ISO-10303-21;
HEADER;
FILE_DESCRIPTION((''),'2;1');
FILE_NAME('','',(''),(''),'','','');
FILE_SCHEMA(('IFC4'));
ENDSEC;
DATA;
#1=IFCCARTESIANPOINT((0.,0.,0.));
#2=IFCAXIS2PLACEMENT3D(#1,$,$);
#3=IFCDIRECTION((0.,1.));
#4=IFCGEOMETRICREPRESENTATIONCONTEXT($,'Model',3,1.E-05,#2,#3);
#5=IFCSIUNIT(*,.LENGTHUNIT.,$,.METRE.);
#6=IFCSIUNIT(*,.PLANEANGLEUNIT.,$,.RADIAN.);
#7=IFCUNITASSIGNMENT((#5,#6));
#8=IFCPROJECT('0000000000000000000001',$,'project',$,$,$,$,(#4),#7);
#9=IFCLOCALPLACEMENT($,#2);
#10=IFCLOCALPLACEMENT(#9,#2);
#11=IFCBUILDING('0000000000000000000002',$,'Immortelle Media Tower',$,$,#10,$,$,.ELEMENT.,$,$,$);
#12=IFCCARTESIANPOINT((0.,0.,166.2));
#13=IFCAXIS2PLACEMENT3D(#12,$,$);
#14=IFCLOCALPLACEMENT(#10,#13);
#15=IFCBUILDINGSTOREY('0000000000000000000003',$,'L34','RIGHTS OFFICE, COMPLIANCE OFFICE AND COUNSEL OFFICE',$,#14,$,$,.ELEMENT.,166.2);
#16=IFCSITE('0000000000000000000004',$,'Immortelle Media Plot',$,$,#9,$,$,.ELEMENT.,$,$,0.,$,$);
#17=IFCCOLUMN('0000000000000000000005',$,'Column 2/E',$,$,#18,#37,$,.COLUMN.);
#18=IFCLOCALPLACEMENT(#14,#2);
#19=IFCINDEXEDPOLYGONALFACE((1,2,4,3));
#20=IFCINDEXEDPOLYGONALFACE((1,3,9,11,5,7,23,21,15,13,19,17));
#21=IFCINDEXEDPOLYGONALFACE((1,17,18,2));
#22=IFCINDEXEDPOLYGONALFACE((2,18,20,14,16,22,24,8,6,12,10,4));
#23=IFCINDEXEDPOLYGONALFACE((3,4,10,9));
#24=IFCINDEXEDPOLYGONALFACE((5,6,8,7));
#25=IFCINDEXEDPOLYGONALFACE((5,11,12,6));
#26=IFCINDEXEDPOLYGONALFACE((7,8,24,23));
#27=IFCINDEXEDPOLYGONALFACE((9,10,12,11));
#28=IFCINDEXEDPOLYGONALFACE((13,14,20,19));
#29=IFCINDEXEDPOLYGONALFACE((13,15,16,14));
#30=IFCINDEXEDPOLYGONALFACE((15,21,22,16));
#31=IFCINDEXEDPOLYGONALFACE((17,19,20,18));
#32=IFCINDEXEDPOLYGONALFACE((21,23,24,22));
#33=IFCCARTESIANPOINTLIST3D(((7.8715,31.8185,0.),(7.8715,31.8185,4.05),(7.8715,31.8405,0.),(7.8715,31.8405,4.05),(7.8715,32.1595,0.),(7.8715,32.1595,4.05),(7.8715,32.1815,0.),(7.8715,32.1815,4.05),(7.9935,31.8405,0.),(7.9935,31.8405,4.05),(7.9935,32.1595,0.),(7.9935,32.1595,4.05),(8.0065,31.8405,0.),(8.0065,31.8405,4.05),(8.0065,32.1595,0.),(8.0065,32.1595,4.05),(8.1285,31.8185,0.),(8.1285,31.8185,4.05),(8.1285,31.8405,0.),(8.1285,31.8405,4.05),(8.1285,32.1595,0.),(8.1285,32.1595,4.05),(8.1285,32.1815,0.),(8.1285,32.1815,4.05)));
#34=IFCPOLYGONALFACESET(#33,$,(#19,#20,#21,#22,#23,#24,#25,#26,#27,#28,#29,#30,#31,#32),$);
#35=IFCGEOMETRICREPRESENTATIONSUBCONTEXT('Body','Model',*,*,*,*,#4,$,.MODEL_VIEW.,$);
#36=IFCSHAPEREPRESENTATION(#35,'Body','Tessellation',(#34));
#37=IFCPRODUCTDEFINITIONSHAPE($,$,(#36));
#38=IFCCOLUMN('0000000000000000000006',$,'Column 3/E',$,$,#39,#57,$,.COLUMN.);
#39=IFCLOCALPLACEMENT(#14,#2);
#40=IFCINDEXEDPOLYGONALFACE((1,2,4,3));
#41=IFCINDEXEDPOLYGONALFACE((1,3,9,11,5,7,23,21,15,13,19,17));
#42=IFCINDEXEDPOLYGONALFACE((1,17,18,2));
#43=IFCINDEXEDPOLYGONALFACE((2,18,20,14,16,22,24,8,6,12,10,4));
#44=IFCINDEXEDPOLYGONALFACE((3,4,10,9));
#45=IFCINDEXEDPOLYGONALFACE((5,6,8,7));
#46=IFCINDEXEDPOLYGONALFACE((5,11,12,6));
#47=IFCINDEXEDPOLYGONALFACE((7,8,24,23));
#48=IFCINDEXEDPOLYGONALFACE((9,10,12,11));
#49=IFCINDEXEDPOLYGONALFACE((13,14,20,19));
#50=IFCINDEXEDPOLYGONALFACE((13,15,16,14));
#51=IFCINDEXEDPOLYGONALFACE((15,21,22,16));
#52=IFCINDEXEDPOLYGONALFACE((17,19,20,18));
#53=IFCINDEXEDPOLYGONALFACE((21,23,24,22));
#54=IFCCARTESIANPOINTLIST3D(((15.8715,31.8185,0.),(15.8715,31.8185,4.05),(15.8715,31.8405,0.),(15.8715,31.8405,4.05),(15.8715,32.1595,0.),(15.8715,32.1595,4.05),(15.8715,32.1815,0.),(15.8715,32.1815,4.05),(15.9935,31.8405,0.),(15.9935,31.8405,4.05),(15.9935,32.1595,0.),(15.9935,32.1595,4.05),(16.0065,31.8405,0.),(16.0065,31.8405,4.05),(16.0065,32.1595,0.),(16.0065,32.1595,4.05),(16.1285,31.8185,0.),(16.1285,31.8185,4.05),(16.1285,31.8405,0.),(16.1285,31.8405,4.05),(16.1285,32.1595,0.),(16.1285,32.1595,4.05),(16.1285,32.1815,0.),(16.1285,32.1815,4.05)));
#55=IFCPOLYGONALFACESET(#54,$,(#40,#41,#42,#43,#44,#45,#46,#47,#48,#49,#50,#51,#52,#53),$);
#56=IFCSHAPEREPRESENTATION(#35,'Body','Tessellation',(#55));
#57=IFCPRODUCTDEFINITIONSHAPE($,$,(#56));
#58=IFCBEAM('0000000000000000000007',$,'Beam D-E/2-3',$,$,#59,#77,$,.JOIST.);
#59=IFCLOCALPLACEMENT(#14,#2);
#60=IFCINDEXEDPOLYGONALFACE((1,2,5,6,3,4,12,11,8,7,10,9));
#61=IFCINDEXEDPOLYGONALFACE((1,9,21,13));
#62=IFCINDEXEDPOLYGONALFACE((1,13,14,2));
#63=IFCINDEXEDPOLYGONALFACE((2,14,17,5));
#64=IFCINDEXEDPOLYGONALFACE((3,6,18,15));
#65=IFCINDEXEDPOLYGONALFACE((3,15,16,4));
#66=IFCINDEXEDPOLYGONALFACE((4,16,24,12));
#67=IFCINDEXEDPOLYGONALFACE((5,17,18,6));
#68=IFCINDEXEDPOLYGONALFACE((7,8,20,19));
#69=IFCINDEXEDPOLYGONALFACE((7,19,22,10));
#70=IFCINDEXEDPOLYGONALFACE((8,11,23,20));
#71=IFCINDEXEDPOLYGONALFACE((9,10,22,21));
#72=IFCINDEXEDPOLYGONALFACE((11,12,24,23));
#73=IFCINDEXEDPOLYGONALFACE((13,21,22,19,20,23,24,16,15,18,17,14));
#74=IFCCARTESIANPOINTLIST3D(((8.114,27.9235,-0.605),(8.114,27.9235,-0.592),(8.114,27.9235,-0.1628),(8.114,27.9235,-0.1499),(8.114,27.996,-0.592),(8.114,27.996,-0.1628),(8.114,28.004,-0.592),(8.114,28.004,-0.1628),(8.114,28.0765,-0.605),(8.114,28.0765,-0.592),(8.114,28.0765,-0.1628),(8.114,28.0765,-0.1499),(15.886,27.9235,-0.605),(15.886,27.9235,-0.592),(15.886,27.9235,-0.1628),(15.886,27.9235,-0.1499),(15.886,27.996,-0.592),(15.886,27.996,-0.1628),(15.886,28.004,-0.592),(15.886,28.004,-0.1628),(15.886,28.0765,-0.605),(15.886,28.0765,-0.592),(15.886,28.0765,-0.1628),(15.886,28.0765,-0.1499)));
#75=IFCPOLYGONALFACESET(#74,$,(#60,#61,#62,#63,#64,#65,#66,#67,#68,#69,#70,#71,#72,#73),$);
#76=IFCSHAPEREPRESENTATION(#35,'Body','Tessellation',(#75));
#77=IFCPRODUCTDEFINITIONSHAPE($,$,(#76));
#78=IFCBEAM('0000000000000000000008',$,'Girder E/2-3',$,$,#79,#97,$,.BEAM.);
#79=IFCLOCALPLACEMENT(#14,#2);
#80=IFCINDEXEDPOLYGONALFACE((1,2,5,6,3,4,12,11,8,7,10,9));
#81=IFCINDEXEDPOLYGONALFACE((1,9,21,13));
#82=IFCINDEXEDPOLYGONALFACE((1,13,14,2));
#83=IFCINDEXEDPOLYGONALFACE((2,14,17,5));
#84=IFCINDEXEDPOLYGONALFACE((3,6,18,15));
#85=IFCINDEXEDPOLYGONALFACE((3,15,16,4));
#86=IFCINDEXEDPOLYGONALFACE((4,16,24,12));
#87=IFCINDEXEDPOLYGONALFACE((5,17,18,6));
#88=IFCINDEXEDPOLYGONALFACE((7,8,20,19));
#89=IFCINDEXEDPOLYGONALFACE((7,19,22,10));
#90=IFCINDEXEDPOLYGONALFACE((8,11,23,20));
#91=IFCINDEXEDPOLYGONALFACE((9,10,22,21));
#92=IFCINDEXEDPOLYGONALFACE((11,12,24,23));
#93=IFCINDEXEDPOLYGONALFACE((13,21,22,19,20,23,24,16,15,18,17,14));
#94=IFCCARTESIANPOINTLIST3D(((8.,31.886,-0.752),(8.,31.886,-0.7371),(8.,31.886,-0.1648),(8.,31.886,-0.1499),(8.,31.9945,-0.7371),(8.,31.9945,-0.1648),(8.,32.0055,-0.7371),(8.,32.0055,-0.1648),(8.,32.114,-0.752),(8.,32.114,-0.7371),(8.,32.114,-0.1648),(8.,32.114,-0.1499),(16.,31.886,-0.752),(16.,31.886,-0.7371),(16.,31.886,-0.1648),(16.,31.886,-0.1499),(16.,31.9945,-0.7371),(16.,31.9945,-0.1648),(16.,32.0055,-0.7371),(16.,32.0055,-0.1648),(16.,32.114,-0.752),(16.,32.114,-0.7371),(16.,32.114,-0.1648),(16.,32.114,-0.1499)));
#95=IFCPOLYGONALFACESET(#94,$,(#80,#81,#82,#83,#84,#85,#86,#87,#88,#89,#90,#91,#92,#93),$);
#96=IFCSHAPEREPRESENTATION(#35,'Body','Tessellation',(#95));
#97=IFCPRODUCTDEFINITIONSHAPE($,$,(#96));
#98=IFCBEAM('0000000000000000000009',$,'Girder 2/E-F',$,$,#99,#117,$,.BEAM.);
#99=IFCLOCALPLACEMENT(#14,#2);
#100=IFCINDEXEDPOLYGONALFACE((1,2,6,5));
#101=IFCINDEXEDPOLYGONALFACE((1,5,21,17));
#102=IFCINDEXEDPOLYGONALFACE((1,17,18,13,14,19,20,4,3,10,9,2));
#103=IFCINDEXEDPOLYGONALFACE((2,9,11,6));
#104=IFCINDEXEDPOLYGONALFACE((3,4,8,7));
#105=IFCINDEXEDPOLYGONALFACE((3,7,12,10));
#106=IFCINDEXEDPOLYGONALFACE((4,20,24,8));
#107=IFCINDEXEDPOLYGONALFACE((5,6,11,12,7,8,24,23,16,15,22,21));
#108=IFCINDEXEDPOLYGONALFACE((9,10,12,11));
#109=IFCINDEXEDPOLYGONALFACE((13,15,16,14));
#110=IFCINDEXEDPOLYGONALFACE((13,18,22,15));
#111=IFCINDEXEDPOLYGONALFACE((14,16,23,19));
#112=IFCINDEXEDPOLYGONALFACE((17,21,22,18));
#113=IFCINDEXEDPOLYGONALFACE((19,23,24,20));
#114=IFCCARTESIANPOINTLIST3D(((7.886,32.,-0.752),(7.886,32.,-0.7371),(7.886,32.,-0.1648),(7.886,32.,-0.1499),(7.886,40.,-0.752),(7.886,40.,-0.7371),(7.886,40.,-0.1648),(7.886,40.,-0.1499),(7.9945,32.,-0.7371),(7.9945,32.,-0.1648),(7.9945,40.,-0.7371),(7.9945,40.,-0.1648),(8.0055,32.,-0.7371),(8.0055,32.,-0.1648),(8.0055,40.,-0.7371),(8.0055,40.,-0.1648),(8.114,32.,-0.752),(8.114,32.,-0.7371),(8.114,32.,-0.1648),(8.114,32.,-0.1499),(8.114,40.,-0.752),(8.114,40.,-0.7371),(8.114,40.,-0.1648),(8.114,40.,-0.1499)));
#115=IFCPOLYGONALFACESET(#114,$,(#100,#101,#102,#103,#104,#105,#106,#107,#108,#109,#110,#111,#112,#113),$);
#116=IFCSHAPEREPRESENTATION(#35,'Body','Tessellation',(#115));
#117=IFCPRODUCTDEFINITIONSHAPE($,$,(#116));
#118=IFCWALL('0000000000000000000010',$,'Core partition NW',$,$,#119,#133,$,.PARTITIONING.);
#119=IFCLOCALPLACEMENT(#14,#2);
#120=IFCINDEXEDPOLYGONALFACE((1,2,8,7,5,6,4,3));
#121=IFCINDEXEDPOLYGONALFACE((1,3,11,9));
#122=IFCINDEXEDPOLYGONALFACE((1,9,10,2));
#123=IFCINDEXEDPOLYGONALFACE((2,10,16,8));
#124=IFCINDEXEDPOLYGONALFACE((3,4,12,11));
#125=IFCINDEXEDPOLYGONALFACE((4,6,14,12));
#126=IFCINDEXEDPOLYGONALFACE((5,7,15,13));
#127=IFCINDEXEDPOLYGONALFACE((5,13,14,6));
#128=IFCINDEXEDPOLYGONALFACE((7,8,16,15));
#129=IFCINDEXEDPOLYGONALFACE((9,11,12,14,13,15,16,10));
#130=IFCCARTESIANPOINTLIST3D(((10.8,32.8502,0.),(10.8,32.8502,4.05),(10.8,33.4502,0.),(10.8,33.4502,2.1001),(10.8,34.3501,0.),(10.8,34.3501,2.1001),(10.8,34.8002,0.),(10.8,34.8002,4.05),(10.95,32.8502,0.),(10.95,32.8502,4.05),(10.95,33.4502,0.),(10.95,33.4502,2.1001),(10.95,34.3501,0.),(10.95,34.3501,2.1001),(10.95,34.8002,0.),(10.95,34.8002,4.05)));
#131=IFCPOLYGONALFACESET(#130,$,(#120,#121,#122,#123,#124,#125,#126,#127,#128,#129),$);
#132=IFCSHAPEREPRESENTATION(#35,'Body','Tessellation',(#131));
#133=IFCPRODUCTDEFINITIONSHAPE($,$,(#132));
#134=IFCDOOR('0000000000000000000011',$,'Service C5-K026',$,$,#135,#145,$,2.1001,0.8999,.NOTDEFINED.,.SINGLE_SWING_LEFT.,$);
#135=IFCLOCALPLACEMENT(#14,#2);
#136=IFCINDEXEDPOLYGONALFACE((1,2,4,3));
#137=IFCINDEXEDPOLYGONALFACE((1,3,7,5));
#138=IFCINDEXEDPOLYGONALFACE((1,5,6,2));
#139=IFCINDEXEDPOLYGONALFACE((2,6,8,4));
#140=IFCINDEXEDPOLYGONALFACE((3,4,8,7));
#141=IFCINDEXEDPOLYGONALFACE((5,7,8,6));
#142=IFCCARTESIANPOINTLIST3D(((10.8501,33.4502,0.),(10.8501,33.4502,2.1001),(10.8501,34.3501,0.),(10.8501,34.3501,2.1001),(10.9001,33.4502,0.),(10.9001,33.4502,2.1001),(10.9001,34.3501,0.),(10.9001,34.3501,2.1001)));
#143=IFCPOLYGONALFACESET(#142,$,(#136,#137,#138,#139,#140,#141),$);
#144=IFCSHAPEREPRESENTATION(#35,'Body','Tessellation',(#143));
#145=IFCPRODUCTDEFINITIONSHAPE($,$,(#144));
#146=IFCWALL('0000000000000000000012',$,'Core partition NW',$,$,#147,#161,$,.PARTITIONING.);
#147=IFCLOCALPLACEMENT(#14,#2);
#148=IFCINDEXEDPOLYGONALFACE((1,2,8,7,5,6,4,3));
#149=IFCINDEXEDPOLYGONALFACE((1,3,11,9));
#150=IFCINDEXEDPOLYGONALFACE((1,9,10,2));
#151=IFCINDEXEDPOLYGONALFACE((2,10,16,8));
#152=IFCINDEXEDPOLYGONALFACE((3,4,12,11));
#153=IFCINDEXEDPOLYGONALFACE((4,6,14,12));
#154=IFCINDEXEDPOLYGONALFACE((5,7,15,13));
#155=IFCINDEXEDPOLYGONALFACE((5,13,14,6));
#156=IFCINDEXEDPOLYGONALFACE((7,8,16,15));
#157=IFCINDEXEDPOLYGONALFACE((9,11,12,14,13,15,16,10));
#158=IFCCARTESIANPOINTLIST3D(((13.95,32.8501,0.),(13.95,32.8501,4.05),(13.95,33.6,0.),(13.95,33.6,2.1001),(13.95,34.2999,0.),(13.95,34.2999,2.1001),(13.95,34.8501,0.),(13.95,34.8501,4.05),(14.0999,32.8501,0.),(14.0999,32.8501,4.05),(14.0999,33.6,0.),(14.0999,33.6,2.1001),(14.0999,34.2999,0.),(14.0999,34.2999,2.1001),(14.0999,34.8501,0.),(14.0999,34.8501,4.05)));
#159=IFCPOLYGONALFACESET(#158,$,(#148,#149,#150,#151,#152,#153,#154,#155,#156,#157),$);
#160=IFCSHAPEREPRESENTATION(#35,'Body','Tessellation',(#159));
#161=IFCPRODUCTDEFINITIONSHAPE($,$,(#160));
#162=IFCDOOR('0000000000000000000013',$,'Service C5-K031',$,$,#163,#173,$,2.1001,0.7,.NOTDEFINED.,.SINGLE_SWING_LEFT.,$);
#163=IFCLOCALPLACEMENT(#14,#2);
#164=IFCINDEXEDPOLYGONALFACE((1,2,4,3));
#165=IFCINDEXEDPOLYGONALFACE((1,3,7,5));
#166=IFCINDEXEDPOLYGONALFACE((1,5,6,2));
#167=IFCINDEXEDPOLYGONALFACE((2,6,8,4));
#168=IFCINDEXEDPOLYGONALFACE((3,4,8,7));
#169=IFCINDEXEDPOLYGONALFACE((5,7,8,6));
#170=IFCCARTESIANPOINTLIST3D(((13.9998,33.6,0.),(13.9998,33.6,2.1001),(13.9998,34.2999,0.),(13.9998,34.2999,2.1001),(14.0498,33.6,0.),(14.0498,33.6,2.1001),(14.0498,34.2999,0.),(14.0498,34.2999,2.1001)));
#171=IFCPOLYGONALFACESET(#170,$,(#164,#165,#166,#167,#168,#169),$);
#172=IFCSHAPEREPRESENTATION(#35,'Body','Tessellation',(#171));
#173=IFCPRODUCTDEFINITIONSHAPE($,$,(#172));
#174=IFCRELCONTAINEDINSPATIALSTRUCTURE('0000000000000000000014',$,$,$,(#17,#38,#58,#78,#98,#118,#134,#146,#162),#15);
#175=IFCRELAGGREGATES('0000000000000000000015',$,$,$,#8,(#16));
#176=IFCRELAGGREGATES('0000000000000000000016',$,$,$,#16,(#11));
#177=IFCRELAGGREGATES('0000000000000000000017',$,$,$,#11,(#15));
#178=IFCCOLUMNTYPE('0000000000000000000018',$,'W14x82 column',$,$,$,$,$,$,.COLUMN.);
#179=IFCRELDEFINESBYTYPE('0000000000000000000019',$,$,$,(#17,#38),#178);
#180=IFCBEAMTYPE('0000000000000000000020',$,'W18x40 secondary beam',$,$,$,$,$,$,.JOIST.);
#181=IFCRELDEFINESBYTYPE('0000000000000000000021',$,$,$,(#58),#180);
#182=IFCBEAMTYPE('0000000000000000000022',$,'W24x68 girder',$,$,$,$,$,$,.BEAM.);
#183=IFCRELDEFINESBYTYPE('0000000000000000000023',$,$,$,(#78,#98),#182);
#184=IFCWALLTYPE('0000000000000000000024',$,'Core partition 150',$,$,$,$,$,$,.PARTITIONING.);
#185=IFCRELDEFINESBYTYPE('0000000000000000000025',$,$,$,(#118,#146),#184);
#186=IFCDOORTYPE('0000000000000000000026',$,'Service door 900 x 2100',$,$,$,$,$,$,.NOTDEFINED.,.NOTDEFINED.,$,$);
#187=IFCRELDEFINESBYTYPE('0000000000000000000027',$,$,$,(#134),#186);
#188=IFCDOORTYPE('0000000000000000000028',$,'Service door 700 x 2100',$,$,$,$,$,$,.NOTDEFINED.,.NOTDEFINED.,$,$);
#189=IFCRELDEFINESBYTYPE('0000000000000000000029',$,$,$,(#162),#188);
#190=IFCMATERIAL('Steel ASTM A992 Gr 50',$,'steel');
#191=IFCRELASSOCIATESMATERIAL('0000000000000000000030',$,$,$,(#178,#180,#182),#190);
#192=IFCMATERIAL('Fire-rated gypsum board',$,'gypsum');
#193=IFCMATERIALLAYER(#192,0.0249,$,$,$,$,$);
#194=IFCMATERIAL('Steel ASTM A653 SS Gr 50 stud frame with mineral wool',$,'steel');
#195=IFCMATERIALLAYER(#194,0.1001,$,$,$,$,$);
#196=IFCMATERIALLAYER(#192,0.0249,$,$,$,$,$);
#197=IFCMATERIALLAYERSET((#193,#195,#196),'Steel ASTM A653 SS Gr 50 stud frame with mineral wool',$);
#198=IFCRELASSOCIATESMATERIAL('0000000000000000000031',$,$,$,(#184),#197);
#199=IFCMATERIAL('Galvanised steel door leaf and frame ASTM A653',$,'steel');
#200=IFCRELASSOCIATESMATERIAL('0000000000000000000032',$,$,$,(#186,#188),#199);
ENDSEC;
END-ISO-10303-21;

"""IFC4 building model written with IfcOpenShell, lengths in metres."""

from ifc_helpers import new_model, si_unit, direction, frame, frame_2d, origin, origin_2d, place, context, subcontext, project, spatial, rectangle, i_section, extrude, material, layer, layer_set, material_profile, profile_set, type_object, element, fill, save


model = new_model("IFC4")

# Units and contexts
model_context = context("Model", 3, precision=1e-05, world=origin(), true_north=direction((0.0, 1.0)))
body_context = subcontext(model_context, "Body", "Model", "MODEL_VIEW")
ifc_project = project(units=[si_unit("LENGTHUNIT", "METRE"), si_unit("PLANEANGLEUNIT", "RADIAN")], contexts=[model_context])

# Site, building, storey
site_placement = place(None, origin())
site = spatial("IfcSite", under=ifc_project, at=site_placement, Name="Immortelle Media Plot", CompositionType="ELEMENT", RefElevation=0.0)
building_placement = place(site_placement, origin())
building = spatial("IfcBuilding", under=site, at=building_placement, Name="Immortelle Media Tower", CompositionType="ELEMENT")
storey_placement = place(building_placement, frame((0.0, 0.0, 166.2)))
storey = spatial("IfcBuildingStorey", under=building, at=storey_placement, Name="L34", Description="RIGHTS OFFICE, COMPLIANCE OFFICE AND COUNSEL OFFICE", CompositionType="ELEMENT", Elevation=166.2)

# Columns
ifc_material_1 = material(Name="Steel ASTM A992 Gr 50", Category="steel")
ifc_material_profile_1 = material_profile(ifc_material_1, i_section(OverallWidth=0.2571, OverallDepth=0.363, WebThickness=0.0129, FlangeThickness=0.022, at=origin_2d()), Name="W14x82")
ifc_profile_set_1 = profile_set([ifc_material_profile_1], Name="Steel ASTM A992 Gr 50")
column_type = type_object("IfcColumnType", Name="W14x82 column", PredefinedType="COLUMN", material=ifc_profile_set_1)
for number, where, z_axis, x_axis, name in (
    (1, (8.0, 32.0, 0.0), (0.0, 0.0, 1.0), (1.0, 0.0, 0.0), "Column 2/E"),
    (2, (16.0, 32.0, 0.0), (0.0, 0.0, 1.0), (1.0, 0.0, 0.0), "Column 3/E"),
):
    element("IfcColumn", number, at=place(storey_placement, frame(where, z_axis=z_axis, x_axis=x_axis)), inside=storey, type_object=column_type, Name=name, PredefinedType="COLUMN", context=body_context, shape_type="SweptSolid", body=[
        extrude(i_section(OverallWidth=0.2571, OverallDepth=0.363, WebThickness=0.0129, FlangeThickness=0.022, at=origin_2d()), origin(), (0.0, 0.0, 1.0), 4.05),
    ])

# Beams
ifc_material_profile_2 = material_profile(ifc_material_1, i_section(OverallWidth=0.1531, OverallDepth=0.4551, WebThickness=0.0081, FlangeThickness=0.0129, at=origin_2d()), Name="W18x40")
ifc_profile_set_2 = profile_set([ifc_material_profile_2], Name="Steel ASTM A992 Gr 50")
beam_type_1 = type_object("IfcBeamType", Name="W18x40 secondary beam", PredefinedType="JOIST", material=ifc_profile_set_2)
beam_placement = place(storey_placement, frame((8.114, 28.0, -0.3774), z_axis=(1.0, 0.0, 0.0), x_axis=(0.0, 1.0, 0.0)))
element("IfcBeam", 3, at=beam_placement, inside=storey, type_object=beam_type_1, Name="Beam D-E/2-3", PredefinedType="JOIST", context=body_context, shape_type="SweptSolid", body=[
    extrude(i_section(OverallWidth=0.1531, OverallDepth=0.4551, WebThickness=0.0081, FlangeThickness=0.0129, at=origin_2d()), origin(), (0.0, 0.0, 1.0), 7.772),
])
ifc_material_profile_3 = material_profile(ifc_material_1, i_section(OverallWidth=0.228, OverallDepth=0.6021, WebThickness=0.011, FlangeThickness=0.0149, at=origin_2d()), Name="W24x68")
ifc_profile_set_3 = profile_set([ifc_material_profile_3], Name="Steel ASTM A992 Gr 50")
beam_type_2 = type_object("IfcBeamType", Name="W24x68 girder", PredefinedType="BEAM", material=ifc_profile_set_3)
for number, where, z_axis, x_axis, name in (
    (4, (8.0, 32.0, -0.4509), (1.0, 0.0, 0.0), (0.0, 1.0, 0.0), "Girder E/2-3"),
    (5, (8.0, 32.0, -0.4509), (0.0, 1.0, 0.0), (-1.0, 0.0, 0.0), "Girder 2/E-F"),
):
    element("IfcBeam", number, at=place(storey_placement, frame(where, z_axis=z_axis, x_axis=x_axis)), inside=storey, type_object=beam_type_2, Name=name, PredefinedType="BEAM", context=body_context, shape_type="SweptSolid", body=[
        extrude(i_section(OverallWidth=0.228, OverallDepth=0.6021, WebThickness=0.011, FlangeThickness=0.0149, at=origin_2d()), origin(), (0.0, 0.0, 1.0), 8.0),
    ])

# Walls, openings, doors
ifc_material_2 = material(Name="Fire-rated gypsum board", Category="gypsum")
ifc_layer_1 = layer(ifc_material_2, 0.0249)
ifc_material_3 = material(Name="Steel ASTM A653 SS Gr 50 stud frame with mineral wool", Category="steel")
ifc_layer_2 = layer(ifc_material_3, 0.1001)
ifc_layer_3 = layer(ifc_material_2, 0.0249)
ifc_layer_set_1 = layer_set([ifc_layer_1, ifc_layer_2, ifc_layer_3], Name="Steel ASTM A653 SS Gr 50 stud frame with mineral wool")
wall_type_1 = type_object("IfcWallType", Name="Core partition 150", PredefinedType="PARTITIONING", material=ifc_layer_set_1)
wall_1_placement = place(storey_placement, frame((10.875, 32.8501, 0.0), z_axis=(0.0, 0.0, 1.0), x_axis=(0.0, 1.0, 0.0)))
wall_1 = element("IfcWall", 6, at=wall_1_placement, inside=storey, type_object=wall_type_1, Name="Core partition NW", PredefinedType="PARTITIONING", context=body_context, shape_type="SweptSolid", body=[
    extrude(rectangle(XDim=1.95, YDim=0.1499, at=frame_2d((0.9751, 0.0))), origin(), (0.0, 0.0, 1.0), 4.05),
])
opening_1_placement = place(wall_1_placement, frame((0.6001, 0.0, 0.0)))
opening_1 = element("IfcOpeningElement", 7, at=opening_1_placement, cuts=wall_1, PredefinedType="OPENING", context=body_context, shape_type="SweptSolid", body=[
    extrude(rectangle(XDim=0.8999, YDim=2.1001, at=frame_2d((0.45, 1.05))), frame((0.0, 0.085, 0.0), z_axis=(0.0, -1.0, 0.0), x_axis=(1.0, 0.0, 0.0)), (0.0, 0.0, 1.0), 0.1699),
])
ifc_material_4 = material(Name="Galvanised steel door leaf and frame ASTM A653", Category="steel")
door_type_1 = type_object("IfcDoorType", Name="Service door 900 x 2100", OperationType="NOTDEFINED", PredefinedType="NOTDEFINED", material=ifc_material_4)
door_1_placement = place(opening_1_placement, origin())
door_1 = element("IfcDoor", 8, at=door_1_placement, inside=storey, type_object=door_type_1, Name="Service C5-K026", OperationType="SINGLE_SWING_LEFT", OverallHeight=2.1001, OverallWidth=0.8999, PredefinedType="NOTDEFINED", context=body_context, shape_type="SweptSolid", body=[
    extrude(rectangle(XDim=0.8999, YDim=2.1001, at=frame_2d((0.45, 1.05))), frame((0.0, 0.0249, 0.0), z_axis=(0.0, -1.0, 0.0), x_axis=(1.0, 0.0, 0.0)), (0.0, 0.0, 1.0), 0.05),
])
fill(opening_1, door_1)
wall_2_placement = place(storey_placement, frame((14.0249, 32.8501, 0.0), z_axis=(0.0, 0.0, 1.0), x_axis=(0.0, 1.0, 0.0)))
wall_2 = element("IfcWall", 9, at=wall_2_placement, inside=storey, type_object=wall_type_1, Name="Core partition NW", PredefinedType="PARTITIONING", context=body_context, shape_type="SweptSolid", body=[
    extrude(rectangle(XDim=2.0, YDim=0.1499, at=frame_2d((1.0, 0.0))), origin(), (0.0, 0.0, 1.0), 4.05),
])
opening_2_placement = place(wall_2_placement, frame((1.45, 0.0, 0.0), z_axis=(0.0, 0.0, 1.0), x_axis=(-1.0, 0.0, 0.0)))
opening_2 = element("IfcOpeningElement", 10, at=opening_2_placement, cuts=wall_2, PredefinedType="OPENING", context=body_context, shape_type="SweptSolid", body=[
    extrude(rectangle(XDim=0.7, YDim=2.1001, at=frame_2d((0.3501, 1.05))), frame((0.0, 0.085, 0.0), z_axis=(0.0, -1.0, 0.0), x_axis=(1.0, 0.0, 0.0)), (0.0, 0.0, 1.0), 0.1699),
])
door_type_2 = type_object("IfcDoorType", Name="Service door 700 x 2100", OperationType="NOTDEFINED", PredefinedType="NOTDEFINED", material=ifc_material_4)
door_2_placement = place(opening_2_placement, origin())
door_2 = element("IfcDoor", 11, at=door_2_placement, inside=storey, type_object=door_type_2, Name="Service C5-K031", OperationType="SINGLE_SWING_LEFT", OverallHeight=2.1001, OverallWidth=0.7, PredefinedType="NOTDEFINED", context=body_context, shape_type="SweptSolid", body=[
    extrude(rectangle(XDim=0.7, YDim=2.1001, at=frame_2d((0.3501, 1.05))), frame((0.0, 0.0249, 0.0), z_axis=(0.0, -1.0, 0.0), x_axis=(1.0, 0.0, 0.0)), (0.0, 0.0, 1.0), 0.05),
])
fill(opening_2, door_2)

save(model, "model.ifc")
